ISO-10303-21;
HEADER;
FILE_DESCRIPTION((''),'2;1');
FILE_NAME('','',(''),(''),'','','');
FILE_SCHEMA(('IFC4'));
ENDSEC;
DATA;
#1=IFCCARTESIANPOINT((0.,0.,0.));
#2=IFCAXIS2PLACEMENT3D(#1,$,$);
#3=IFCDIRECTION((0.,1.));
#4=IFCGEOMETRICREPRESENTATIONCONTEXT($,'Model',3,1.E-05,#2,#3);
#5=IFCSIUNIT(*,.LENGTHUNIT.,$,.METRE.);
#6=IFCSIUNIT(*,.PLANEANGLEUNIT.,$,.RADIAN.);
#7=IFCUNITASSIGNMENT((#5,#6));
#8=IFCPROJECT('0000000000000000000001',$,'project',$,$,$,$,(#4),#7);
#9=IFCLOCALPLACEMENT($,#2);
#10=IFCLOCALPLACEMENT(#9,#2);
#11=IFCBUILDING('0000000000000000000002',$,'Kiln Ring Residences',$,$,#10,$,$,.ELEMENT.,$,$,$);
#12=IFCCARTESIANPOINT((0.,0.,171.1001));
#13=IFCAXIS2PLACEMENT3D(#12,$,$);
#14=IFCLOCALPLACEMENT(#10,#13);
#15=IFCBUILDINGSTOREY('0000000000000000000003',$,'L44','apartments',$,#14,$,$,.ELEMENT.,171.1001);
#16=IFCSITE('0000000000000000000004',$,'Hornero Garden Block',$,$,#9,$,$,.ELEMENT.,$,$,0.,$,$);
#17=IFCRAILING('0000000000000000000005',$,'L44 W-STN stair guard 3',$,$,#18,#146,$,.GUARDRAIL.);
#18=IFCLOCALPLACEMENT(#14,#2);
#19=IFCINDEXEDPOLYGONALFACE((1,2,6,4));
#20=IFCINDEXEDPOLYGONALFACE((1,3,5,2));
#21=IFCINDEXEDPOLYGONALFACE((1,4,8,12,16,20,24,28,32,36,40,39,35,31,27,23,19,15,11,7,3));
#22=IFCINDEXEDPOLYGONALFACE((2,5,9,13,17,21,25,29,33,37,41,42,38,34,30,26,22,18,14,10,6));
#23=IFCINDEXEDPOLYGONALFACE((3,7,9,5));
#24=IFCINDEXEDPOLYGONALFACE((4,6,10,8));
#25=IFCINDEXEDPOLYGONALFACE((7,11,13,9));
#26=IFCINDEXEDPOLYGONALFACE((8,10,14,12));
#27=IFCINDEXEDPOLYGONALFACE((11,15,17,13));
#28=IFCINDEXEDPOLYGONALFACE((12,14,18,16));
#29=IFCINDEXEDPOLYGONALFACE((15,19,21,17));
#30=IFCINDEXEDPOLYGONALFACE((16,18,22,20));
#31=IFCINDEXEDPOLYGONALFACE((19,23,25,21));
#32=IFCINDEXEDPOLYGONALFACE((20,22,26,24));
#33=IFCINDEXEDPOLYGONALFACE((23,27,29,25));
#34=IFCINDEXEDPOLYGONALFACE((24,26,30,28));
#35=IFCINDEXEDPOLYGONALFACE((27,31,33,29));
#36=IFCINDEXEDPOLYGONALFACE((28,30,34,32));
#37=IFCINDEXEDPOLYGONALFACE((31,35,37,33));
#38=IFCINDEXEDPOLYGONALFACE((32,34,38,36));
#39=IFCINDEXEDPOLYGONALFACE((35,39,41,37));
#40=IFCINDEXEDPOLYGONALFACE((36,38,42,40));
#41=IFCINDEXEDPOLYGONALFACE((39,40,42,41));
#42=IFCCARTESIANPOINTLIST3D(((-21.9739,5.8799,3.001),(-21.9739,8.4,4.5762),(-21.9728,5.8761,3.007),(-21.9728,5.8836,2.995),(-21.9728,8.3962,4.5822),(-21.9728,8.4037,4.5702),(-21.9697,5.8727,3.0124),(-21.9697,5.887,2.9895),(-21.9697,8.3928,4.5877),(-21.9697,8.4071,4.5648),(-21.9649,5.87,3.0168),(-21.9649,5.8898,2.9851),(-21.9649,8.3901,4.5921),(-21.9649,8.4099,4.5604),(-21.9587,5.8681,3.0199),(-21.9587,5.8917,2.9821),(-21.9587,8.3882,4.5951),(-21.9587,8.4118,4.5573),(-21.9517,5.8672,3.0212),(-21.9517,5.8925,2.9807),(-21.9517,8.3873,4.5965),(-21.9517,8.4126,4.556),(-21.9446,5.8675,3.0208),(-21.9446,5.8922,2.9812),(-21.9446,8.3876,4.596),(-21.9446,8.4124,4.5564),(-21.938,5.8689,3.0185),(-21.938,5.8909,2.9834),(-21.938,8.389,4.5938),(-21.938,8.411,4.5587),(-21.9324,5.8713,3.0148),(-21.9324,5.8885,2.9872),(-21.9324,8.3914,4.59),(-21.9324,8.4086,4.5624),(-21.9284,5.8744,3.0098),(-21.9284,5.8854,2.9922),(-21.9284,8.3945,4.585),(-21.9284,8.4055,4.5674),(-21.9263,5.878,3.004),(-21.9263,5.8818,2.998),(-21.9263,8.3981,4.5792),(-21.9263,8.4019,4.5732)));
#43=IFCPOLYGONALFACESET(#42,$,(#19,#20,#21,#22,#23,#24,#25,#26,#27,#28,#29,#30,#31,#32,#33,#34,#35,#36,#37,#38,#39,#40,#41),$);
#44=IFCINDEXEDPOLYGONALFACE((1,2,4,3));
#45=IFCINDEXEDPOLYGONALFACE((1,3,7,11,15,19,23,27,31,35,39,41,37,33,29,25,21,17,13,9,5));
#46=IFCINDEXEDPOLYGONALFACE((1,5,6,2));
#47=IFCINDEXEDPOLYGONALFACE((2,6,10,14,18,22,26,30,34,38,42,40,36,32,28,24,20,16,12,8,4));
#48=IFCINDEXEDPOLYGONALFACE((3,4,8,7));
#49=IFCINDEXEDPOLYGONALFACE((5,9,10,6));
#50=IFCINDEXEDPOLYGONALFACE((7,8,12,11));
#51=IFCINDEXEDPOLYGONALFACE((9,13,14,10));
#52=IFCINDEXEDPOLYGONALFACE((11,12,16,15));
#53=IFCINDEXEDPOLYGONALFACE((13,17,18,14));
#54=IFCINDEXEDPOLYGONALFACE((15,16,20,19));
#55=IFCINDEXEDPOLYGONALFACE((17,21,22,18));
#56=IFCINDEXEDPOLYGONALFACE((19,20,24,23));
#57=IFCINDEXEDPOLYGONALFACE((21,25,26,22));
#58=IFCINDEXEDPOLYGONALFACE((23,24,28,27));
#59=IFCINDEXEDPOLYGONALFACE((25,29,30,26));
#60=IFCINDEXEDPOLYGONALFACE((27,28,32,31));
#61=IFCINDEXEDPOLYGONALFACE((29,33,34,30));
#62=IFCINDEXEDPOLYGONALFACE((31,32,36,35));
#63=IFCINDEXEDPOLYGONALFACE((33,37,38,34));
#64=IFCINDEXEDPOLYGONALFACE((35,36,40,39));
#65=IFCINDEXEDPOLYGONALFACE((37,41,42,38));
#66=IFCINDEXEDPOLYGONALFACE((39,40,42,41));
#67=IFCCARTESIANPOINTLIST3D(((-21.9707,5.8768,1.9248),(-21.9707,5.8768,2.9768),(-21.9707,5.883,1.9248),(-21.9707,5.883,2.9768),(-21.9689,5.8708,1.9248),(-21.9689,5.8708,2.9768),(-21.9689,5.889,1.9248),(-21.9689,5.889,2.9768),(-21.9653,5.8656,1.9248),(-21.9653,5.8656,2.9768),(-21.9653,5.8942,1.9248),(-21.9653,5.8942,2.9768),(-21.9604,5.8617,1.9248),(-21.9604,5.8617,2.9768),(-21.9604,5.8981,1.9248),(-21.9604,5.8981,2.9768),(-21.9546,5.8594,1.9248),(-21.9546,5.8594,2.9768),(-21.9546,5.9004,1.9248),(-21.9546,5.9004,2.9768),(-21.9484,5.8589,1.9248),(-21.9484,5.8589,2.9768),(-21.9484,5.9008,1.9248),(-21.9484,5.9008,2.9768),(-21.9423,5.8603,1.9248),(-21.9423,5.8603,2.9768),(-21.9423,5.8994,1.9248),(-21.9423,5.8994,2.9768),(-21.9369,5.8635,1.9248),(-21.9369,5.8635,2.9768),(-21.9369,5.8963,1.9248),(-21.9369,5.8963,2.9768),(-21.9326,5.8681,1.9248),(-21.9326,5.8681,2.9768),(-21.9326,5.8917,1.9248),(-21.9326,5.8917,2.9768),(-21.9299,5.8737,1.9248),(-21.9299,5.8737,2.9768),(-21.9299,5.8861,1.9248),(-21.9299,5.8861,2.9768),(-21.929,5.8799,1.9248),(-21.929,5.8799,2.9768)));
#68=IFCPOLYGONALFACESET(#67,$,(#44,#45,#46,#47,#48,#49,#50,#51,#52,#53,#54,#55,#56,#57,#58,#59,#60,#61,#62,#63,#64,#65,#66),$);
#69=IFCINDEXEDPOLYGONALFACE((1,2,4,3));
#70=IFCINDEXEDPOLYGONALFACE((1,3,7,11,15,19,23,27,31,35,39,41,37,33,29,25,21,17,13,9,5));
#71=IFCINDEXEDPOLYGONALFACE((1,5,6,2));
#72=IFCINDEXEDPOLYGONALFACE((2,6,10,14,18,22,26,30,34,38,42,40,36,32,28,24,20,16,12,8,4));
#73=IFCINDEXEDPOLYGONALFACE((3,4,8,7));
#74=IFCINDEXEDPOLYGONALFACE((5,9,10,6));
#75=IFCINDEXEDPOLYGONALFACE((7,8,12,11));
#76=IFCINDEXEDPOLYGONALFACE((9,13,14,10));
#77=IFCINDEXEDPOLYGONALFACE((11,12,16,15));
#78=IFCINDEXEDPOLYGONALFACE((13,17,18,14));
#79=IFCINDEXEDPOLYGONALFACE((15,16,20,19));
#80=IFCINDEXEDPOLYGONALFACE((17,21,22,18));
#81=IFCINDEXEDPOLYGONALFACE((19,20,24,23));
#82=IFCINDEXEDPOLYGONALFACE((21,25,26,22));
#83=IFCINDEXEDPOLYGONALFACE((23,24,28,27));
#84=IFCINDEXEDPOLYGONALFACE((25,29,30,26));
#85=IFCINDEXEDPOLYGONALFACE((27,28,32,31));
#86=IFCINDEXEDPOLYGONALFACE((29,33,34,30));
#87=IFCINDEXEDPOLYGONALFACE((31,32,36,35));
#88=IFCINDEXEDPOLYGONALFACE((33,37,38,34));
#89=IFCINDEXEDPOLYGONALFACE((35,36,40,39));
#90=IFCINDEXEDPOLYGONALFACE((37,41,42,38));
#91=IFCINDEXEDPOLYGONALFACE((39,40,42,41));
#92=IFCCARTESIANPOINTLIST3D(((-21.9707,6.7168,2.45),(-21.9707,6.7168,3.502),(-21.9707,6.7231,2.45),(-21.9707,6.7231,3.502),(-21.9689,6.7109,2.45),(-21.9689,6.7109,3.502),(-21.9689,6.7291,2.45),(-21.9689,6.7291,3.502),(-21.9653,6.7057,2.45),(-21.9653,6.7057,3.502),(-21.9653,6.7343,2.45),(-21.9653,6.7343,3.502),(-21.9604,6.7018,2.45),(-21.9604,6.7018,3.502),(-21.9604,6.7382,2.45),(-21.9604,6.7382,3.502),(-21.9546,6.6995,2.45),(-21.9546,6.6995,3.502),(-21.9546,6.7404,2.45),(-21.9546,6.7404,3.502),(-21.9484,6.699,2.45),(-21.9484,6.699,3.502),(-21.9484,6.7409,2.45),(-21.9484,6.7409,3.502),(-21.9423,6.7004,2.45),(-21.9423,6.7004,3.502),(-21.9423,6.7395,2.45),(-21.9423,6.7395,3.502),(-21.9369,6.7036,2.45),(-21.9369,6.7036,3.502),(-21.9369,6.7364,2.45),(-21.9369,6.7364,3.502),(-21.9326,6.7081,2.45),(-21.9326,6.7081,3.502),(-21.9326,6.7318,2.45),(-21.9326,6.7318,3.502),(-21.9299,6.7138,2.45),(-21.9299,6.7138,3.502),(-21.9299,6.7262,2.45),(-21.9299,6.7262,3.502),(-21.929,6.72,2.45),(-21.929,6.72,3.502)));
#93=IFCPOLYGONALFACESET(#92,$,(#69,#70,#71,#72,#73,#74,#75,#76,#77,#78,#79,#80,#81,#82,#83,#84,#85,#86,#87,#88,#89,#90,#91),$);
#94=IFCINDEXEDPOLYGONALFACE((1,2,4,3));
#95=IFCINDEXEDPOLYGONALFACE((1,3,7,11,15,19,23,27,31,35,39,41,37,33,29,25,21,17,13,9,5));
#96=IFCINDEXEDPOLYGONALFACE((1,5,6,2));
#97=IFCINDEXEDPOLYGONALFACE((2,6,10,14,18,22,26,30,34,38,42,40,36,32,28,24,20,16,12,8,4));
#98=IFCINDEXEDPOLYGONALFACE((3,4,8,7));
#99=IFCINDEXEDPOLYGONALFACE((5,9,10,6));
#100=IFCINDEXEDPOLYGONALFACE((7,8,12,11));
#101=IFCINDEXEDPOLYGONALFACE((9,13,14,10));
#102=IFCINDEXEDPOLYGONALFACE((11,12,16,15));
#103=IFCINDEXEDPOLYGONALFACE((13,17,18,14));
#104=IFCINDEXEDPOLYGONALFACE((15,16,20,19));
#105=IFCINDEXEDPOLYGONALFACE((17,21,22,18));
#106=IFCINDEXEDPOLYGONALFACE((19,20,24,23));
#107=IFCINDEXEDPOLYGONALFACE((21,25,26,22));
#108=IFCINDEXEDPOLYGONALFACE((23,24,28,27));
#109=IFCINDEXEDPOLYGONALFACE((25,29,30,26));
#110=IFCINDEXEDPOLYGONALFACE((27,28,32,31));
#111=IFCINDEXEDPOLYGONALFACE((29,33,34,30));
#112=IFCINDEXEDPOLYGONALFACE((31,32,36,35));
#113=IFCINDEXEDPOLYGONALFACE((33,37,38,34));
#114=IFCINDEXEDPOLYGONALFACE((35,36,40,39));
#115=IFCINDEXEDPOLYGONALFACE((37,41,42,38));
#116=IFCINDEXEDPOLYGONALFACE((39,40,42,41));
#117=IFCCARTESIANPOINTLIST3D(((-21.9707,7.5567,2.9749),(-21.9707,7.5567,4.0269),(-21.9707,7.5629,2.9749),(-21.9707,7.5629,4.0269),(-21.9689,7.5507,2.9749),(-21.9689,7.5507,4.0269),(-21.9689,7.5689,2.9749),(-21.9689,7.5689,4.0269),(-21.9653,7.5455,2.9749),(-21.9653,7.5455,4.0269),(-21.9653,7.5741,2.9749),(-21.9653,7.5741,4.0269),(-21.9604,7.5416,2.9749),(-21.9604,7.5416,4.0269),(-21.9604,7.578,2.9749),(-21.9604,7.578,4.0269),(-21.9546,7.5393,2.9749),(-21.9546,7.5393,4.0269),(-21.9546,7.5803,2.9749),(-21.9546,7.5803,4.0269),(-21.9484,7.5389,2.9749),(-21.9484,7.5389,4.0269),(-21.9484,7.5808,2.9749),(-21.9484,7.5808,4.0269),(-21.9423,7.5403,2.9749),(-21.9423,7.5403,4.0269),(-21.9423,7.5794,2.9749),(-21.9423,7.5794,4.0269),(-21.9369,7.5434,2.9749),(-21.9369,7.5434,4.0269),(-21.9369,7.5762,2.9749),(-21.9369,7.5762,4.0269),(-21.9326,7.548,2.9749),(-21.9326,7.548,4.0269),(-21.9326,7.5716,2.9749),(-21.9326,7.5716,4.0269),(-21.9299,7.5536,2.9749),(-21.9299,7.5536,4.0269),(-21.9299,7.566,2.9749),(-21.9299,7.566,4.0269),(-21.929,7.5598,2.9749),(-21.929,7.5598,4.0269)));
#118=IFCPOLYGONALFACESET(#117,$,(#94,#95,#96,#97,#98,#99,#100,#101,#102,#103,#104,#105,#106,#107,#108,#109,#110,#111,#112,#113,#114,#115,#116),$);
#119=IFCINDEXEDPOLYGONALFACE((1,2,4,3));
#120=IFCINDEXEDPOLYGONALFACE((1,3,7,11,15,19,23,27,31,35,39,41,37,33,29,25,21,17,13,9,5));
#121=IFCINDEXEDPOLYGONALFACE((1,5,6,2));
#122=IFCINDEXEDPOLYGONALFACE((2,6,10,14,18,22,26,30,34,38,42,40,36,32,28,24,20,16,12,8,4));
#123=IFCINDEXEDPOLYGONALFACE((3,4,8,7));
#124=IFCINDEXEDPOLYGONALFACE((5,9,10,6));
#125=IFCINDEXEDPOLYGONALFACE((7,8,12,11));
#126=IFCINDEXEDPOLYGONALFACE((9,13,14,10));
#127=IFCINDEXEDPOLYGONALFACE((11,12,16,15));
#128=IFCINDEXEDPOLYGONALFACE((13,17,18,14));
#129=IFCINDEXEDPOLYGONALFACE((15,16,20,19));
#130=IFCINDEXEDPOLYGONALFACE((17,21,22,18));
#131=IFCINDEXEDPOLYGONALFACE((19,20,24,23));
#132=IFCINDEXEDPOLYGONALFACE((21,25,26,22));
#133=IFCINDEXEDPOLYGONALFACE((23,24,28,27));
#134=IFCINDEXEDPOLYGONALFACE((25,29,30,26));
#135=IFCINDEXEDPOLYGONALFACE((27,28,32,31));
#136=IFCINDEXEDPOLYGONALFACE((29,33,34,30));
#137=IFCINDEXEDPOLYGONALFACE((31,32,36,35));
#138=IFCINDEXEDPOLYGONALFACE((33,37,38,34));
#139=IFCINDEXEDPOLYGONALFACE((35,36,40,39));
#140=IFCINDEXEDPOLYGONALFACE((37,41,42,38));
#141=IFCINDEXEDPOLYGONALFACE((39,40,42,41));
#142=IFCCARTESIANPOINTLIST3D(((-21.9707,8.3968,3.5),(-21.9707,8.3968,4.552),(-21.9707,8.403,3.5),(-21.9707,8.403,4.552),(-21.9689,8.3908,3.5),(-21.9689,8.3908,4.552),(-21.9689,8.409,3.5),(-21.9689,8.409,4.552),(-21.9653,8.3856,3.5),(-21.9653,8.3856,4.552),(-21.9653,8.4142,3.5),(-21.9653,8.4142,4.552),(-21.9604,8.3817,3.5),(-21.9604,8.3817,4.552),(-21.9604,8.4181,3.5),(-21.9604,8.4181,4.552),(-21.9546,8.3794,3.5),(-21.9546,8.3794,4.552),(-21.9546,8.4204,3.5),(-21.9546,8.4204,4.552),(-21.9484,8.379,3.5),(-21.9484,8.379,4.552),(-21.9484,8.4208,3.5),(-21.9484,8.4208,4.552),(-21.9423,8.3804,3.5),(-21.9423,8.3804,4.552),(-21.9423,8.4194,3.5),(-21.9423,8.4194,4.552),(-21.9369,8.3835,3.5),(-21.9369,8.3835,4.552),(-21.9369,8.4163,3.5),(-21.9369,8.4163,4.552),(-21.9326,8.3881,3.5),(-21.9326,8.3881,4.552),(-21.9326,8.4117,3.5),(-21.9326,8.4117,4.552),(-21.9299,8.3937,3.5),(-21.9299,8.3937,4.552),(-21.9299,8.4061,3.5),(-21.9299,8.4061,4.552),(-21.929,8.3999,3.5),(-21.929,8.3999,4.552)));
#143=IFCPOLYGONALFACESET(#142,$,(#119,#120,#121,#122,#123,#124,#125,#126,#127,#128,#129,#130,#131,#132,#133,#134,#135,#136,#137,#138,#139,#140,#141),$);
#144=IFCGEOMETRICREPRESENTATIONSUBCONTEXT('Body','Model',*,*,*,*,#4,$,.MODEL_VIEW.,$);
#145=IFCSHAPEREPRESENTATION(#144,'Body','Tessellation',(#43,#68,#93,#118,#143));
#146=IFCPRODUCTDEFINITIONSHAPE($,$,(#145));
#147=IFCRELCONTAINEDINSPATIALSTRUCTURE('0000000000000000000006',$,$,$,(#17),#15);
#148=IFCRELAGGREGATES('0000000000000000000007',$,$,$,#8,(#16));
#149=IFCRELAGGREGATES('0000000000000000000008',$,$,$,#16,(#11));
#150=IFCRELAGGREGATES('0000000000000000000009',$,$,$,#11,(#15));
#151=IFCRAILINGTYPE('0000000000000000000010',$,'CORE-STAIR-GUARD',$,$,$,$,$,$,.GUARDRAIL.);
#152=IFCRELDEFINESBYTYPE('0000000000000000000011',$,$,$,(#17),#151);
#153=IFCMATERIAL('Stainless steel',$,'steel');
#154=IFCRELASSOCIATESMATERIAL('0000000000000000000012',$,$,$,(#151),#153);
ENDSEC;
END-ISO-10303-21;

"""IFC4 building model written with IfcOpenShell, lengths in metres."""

from ifc_helpers import new_model, si_unit, direction, frame, origin, origin_2d, place, context, subcontext, project, spatial, circle, extrude, material, type_object, element, save


model = new_model("IFC4")

# Units and contexts
model_context = context("Model", 3, precision=1e-05, world=origin(), true_north=direction((0.0, 1.0)))
body_context = subcontext(model_context, "Body", "Model", "MODEL_VIEW")
ifc_project = project(units=[si_unit("LENGTHUNIT", "METRE"), si_unit("PLANEANGLEUNIT", "RADIAN")], contexts=[model_context])

# Site, building, storey
site_placement = place(None, origin())
site = spatial("IfcSite", under=ifc_project, at=site_placement, Name="Hornero Garden Block", CompositionType="ELEMENT", RefElevation=0.0)
building_placement = place(site_placement, origin())
building = spatial("IfcBuilding", under=site, at=building_placement, Name="Kiln Ring Residences", CompositionType="ELEMENT")
storey_placement = place(building_placement, frame((0.0, 0.0, 171.1001)))
storey = spatial("IfcBuildingStorey", under=building, at=storey_placement, Name="L44", Description="apartments", CompositionType="ELEMENT", Elevation=171.1001)

# Railing
ifc_material_1 = material(Name="Stainless steel", Category="steel")
railing_type_1 = type_object("IfcRailingType", Name="CORE-STAIR-GUARD", PredefinedType="GUARDRAIL", material=ifc_material_1)
railing_1_placement = place(storey_placement, frame((-21.95, 5.8799, 1.9248)))
element("IfcRailing", 1, at=railing_1_placement, inside=storey, type_object=railing_type_1, Name="L44 W-STN stair guard 3", PredefinedType="GUARDRAIL", context=body_context, shape_type="SweptSolid", body=[
    extrude(circle(Radius=0.0239, at=origin_2d()), frame((0.0, 0.0, 1.0762), z_axis=(0.0, 0.847971, 0.530043), x_axis=(-1.0, 0.0, 0.0)), (0.0, 0.0, 1.0), 2.9719),
    extrude(circle(Radius=0.021, at=origin_2d()), origin(), (0.0, 0.0, 1.0), 1.052),
    extrude(circle(Radius=0.021, at=origin_2d()), frame((0.0, 0.8401, 0.5251)), (0.0, 0.0, 1.0), 1.052),
    extrude(circle(Radius=0.021, at=origin_2d()), frame((0.0, 1.6799, 1.05)), (0.0, 0.0, 1.0), 1.052),
    extrude(circle(Radius=0.021, at=origin_2d()), frame((0.0, 2.52, 1.5752)), (0.0, 0.0, 1.0), 1.052),
])

save(model, "model.ifc")
